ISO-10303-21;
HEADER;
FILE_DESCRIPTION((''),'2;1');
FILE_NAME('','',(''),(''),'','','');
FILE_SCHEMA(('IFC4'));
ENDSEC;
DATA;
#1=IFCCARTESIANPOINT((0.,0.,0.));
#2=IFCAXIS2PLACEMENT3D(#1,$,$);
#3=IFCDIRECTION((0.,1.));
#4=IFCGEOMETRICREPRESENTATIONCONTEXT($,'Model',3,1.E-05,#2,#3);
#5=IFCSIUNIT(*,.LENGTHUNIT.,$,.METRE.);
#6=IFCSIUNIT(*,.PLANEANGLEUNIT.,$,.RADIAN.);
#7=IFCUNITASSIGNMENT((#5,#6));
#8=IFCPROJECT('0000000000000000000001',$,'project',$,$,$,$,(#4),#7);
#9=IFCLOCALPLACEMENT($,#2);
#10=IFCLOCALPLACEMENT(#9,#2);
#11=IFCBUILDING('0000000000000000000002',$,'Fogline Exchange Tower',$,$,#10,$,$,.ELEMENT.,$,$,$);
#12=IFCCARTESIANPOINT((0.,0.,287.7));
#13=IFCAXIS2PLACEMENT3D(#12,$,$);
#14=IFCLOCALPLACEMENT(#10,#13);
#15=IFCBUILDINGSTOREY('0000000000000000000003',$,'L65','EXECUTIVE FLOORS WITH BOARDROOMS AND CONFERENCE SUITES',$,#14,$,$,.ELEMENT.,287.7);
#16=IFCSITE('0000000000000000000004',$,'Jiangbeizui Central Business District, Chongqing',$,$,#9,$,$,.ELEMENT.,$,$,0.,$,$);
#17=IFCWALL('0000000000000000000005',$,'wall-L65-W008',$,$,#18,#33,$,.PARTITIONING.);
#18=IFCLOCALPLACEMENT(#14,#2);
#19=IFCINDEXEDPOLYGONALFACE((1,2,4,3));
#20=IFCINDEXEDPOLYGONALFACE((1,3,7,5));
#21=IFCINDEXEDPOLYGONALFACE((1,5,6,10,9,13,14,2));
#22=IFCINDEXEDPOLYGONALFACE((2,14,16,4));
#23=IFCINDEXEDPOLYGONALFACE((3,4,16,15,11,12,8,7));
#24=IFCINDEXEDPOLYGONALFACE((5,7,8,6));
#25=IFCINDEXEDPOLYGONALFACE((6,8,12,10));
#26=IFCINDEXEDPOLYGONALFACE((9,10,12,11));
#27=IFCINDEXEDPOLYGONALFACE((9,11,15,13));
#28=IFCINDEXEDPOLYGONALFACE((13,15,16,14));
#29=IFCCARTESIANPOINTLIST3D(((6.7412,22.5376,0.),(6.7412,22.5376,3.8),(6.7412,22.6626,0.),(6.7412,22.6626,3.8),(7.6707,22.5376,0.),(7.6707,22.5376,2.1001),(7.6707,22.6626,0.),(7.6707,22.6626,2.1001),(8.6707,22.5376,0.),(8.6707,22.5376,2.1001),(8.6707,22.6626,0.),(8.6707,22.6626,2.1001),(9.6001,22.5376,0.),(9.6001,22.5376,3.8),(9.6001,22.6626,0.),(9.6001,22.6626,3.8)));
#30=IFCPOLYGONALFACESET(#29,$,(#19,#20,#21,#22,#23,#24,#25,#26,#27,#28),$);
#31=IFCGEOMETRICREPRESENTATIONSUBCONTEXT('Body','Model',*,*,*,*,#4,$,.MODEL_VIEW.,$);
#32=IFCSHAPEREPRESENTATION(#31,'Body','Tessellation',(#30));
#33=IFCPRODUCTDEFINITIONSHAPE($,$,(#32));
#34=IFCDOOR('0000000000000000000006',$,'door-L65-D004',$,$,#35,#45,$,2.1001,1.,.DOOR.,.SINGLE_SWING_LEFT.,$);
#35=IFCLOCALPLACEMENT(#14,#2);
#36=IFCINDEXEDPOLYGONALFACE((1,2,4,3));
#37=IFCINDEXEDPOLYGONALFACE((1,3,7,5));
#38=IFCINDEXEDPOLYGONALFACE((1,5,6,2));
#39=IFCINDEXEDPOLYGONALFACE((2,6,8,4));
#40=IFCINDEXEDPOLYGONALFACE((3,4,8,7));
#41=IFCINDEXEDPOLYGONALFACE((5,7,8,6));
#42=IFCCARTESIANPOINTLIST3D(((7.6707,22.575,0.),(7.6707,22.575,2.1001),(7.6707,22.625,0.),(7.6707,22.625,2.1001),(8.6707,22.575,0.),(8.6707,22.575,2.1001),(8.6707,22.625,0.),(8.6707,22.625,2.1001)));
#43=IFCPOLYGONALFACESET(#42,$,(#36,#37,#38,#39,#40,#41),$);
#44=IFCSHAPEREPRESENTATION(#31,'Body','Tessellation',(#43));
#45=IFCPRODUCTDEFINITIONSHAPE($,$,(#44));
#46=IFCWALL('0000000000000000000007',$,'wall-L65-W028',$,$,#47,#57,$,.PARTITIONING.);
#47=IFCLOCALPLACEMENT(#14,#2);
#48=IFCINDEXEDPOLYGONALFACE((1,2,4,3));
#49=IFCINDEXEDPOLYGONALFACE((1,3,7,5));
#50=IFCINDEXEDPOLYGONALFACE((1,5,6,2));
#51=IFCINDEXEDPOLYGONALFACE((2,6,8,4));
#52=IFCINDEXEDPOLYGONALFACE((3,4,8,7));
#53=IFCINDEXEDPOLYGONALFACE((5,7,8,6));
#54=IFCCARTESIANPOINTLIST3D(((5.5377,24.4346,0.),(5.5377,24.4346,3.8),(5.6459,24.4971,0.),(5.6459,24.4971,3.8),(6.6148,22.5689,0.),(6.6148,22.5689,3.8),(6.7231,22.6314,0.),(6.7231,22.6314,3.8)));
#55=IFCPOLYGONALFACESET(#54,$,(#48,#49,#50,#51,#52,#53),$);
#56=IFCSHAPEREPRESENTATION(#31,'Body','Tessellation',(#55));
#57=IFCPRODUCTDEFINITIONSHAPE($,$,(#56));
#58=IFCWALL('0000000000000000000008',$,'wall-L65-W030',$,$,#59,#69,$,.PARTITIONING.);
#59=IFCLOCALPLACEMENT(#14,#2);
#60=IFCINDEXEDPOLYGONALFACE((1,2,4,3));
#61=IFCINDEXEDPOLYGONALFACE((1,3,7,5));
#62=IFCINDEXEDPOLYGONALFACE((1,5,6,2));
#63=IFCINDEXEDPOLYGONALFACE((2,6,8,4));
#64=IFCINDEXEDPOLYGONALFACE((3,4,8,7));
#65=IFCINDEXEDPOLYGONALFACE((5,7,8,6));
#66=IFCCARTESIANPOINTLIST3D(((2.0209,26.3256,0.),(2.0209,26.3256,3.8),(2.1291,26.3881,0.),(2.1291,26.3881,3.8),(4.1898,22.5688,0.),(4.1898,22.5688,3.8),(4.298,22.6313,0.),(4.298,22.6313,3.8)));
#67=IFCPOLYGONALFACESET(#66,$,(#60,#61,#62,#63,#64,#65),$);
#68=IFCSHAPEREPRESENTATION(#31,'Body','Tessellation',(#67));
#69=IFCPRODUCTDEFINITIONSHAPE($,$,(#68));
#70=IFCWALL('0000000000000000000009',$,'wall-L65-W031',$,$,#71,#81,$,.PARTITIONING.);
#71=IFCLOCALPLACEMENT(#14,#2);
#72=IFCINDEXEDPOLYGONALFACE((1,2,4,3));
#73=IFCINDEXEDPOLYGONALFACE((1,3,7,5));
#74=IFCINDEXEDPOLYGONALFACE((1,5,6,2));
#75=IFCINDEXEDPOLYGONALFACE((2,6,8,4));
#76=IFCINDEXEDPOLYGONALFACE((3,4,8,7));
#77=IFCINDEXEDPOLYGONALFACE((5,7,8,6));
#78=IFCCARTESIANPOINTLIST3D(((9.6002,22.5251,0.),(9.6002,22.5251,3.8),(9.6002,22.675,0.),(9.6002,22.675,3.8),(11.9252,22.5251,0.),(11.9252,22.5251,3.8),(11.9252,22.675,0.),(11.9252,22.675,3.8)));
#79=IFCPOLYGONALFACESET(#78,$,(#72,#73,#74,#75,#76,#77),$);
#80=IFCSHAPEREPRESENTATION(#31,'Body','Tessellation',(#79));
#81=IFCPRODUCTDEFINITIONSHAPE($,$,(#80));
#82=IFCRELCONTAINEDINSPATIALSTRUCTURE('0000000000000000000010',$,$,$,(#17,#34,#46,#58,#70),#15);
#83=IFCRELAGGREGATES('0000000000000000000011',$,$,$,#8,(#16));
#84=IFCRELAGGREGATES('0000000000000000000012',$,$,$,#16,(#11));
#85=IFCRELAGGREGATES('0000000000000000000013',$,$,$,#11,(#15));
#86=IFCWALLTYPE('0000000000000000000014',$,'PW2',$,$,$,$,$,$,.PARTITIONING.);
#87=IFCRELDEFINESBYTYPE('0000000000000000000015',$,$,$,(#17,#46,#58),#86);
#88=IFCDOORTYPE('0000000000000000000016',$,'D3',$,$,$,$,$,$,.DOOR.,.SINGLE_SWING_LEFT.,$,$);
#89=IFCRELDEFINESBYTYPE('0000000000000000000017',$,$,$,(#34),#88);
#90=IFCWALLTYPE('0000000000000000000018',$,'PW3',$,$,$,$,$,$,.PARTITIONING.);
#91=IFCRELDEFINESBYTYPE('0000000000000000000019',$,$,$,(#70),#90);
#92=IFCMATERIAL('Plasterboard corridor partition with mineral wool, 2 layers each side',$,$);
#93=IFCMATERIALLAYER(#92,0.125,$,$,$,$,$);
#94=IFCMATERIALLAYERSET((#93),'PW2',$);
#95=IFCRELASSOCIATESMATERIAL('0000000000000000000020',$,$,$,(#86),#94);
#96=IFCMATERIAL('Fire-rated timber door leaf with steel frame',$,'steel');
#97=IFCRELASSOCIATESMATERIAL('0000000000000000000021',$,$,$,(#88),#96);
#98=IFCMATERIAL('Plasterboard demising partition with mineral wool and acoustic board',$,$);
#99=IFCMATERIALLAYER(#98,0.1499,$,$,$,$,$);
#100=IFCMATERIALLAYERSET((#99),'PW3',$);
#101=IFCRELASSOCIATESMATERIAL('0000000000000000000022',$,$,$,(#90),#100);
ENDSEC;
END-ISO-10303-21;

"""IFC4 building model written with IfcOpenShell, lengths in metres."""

from ifc_helpers import new_model, si_unit, direction, frame, frame_2d, origin, place, context, subcontext, project, spatial, rectangle, extrude, material, layer, layer_set, type_object, element, fill, save


model = new_model("IFC4")

# Units and contexts
model_context = context("Model", 3, precision=1e-05, world=origin(), true_north=direction((0.0, 1.0)))
body_context = subcontext(model_context, "Body", "Model", "MODEL_VIEW")
ifc_project = project(units=[si_unit("LENGTHUNIT", "METRE"), si_unit("PLANEANGLEUNIT", "RADIAN")], contexts=[model_context])

# Site, building, storey
site_placement = place(None, origin())
site = spatial("IfcSite", under=ifc_project, at=site_placement, Name="Jiangbeizui Central Business District, Chongqing", CompositionType="ELEMENT", RefElevation=0.0)
building_placement = place(site_placement, origin())
building = spatial("IfcBuilding", under=site, at=building_placement, Name="Fogline Exchange Tower", CompositionType="ELEMENT")
storey_placement = place(building_placement, frame((0.0, 0.0, 287.7)))
storey = spatial("IfcBuildingStorey", under=building, at=storey_placement, Name="L65", Description="EXECUTIVE FLOORS WITH BOARDROOMS AND CONFERENCE SUITES", CompositionType="ELEMENT", Elevation=287.7)

# Shared definitions
ifc_material_1 = material(Name="Plasterboard corridor partition with mineral wool, 2 layers each side")
ifc_layer_1 = layer(ifc_material_1, 0.125)
ifc_layer_set_1 = layer_set([ifc_layer_1], Name="PW2")
wall_type_1 = type_object("IfcWallType", Name="PW2", PredefinedType="PARTITIONING", material=ifc_layer_set_1)

# Wall, opening, door
ifc_material_2 = material(Name="Fire-rated timber door leaf with steel frame", Category="steel")
door_type_1 = type_object("IfcDoorType", Name="D3", OperationType="SINGLE_SWING_LEFT", PredefinedType="DOOR", material=ifc_material_2)
wall_1_placement = place(storey_placement, frame((6.7412, 22.6001, 0.0), z_axis=(0.0, 0.0, 1.0), x_axis=(1.0, 0.0, 0.0)))
wall_1 = element("IfcWall", 1, at=wall_1_placement, inside=storey, type_object=wall_type_1, Name="wall-L65-W008", PredefinedType="PARTITIONING", context=body_context, shape_type="SweptSolid", body=[
    extrude(rectangle(XDim=2.8589, YDim=0.125, at=frame_2d((1.4294, 0.0))), origin(), (0.0, 0.0, 1.0), 3.8),
])
opening_1_placement = place(wall_1_placement, frame((0.9294, 0.0, 0.0)))
opening_1 = element("IfcOpeningElement", 2, at=opening_1_placement, cuts=wall_1, PredefinedType="OPENING", context=body_context, shape_type="SweptSolid", body=[
    extrude(rectangle(XDim=1.0, YDim=2.1001, at=frame_2d((0.5, 1.05))), frame((0.0, 0.0725, 0.0), z_axis=(0.0, -1.0, 0.0), x_axis=(1.0, 0.0, 0.0)), (0.0, 0.0, 1.0), 0.145),
])
door_1_placement = place(opening_1_placement, origin())
door_1 = element("IfcDoor", 3, at=door_1_placement, inside=storey, type_object=door_type_1, Name="door-L65-D004", OperationType="SINGLE_SWING_LEFT", OverallHeight=2.1001, OverallWidth=1.0, PredefinedType="DOOR", context=body_context, shape_type="SweptSolid", body=[
    extrude(rectangle(XDim=1.0, YDim=2.1001, at=frame_2d((0.5, 1.05))), frame((0.0, 0.0249, 0.0), z_axis=(0.0, -1.0, 0.0), x_axis=(1.0, 0.0, 0.0)), (0.0, 0.0, 1.0), 0.05),
])
fill(opening_1, door_1)

# Walls
wall_2_placement = place(storey_placement, frame((5.5918, 24.4658, 0.0), z_axis=(0.0, 0.0, 1.0), x_axis=(0.499991, -0.866031, 0.0)))
element("IfcWall", 4, at=wall_2_placement, inside=storey, type_object=wall_type_1, Name="wall-L65-W028", PredefinedType="PARTITIONING", context=body_context, shape_type="SweptSolid", body=[
    extrude(rectangle(XDim=2.1543, YDim=0.125, at=frame_2d((1.0771, 0.0))), origin(), (0.0, 0.0, 1.0), 3.8),
])
wall_3_placement = place(storey_placement, frame((4.2439, 22.6001, 0.0), z_axis=(0.0, 0.0, 1.0), x_axis=(-0.499989, 0.866032, 0.0)))
element("IfcWall", 5, at=wall_3_placement, inside=storey, type_object=wall_type_1, Name="wall-L65-W030", PredefinedType="PARTITIONING", context=body_context, shape_type="SweptSolid", body=[
    extrude(rectangle(XDim=4.3379, YDim=0.125, at=frame_2d((2.1689, 0.0))), origin(), (0.0, 0.0, 1.0), 3.8),
])
ifc_material_3 = material(Name="Plasterboard demising partition with mineral wool and acoustic board")
ifc_layer_2 = layer(ifc_material_3, 0.1499)
ifc_layer_set_2 = layer_set([ifc_layer_2], Name="PW3")
wall_type_2 = type_object("IfcWallType", Name="PW3", PredefinedType="PARTITIONING", material=ifc_layer_set_2)
wall_4_placement = place(storey_placement, frame((9.6001, 22.6001, 0.0), z_axis=(0.0, 0.0, 1.0), x_axis=(1.0, 0.0, 0.0)))
element("IfcWall", 6, at=wall_4_placement, inside=storey, type_object=wall_type_2, Name="wall-L65-W031", PredefinedType="PARTITIONING", context=body_context, shape_type="SweptSolid", body=[
    extrude(rectangle(XDim=2.325, YDim=0.1499, at=frame_2d((1.1626, 0.0))), origin(), (0.0, 0.0, 1.0), 3.8),
])

save(model, "model.ifc")
